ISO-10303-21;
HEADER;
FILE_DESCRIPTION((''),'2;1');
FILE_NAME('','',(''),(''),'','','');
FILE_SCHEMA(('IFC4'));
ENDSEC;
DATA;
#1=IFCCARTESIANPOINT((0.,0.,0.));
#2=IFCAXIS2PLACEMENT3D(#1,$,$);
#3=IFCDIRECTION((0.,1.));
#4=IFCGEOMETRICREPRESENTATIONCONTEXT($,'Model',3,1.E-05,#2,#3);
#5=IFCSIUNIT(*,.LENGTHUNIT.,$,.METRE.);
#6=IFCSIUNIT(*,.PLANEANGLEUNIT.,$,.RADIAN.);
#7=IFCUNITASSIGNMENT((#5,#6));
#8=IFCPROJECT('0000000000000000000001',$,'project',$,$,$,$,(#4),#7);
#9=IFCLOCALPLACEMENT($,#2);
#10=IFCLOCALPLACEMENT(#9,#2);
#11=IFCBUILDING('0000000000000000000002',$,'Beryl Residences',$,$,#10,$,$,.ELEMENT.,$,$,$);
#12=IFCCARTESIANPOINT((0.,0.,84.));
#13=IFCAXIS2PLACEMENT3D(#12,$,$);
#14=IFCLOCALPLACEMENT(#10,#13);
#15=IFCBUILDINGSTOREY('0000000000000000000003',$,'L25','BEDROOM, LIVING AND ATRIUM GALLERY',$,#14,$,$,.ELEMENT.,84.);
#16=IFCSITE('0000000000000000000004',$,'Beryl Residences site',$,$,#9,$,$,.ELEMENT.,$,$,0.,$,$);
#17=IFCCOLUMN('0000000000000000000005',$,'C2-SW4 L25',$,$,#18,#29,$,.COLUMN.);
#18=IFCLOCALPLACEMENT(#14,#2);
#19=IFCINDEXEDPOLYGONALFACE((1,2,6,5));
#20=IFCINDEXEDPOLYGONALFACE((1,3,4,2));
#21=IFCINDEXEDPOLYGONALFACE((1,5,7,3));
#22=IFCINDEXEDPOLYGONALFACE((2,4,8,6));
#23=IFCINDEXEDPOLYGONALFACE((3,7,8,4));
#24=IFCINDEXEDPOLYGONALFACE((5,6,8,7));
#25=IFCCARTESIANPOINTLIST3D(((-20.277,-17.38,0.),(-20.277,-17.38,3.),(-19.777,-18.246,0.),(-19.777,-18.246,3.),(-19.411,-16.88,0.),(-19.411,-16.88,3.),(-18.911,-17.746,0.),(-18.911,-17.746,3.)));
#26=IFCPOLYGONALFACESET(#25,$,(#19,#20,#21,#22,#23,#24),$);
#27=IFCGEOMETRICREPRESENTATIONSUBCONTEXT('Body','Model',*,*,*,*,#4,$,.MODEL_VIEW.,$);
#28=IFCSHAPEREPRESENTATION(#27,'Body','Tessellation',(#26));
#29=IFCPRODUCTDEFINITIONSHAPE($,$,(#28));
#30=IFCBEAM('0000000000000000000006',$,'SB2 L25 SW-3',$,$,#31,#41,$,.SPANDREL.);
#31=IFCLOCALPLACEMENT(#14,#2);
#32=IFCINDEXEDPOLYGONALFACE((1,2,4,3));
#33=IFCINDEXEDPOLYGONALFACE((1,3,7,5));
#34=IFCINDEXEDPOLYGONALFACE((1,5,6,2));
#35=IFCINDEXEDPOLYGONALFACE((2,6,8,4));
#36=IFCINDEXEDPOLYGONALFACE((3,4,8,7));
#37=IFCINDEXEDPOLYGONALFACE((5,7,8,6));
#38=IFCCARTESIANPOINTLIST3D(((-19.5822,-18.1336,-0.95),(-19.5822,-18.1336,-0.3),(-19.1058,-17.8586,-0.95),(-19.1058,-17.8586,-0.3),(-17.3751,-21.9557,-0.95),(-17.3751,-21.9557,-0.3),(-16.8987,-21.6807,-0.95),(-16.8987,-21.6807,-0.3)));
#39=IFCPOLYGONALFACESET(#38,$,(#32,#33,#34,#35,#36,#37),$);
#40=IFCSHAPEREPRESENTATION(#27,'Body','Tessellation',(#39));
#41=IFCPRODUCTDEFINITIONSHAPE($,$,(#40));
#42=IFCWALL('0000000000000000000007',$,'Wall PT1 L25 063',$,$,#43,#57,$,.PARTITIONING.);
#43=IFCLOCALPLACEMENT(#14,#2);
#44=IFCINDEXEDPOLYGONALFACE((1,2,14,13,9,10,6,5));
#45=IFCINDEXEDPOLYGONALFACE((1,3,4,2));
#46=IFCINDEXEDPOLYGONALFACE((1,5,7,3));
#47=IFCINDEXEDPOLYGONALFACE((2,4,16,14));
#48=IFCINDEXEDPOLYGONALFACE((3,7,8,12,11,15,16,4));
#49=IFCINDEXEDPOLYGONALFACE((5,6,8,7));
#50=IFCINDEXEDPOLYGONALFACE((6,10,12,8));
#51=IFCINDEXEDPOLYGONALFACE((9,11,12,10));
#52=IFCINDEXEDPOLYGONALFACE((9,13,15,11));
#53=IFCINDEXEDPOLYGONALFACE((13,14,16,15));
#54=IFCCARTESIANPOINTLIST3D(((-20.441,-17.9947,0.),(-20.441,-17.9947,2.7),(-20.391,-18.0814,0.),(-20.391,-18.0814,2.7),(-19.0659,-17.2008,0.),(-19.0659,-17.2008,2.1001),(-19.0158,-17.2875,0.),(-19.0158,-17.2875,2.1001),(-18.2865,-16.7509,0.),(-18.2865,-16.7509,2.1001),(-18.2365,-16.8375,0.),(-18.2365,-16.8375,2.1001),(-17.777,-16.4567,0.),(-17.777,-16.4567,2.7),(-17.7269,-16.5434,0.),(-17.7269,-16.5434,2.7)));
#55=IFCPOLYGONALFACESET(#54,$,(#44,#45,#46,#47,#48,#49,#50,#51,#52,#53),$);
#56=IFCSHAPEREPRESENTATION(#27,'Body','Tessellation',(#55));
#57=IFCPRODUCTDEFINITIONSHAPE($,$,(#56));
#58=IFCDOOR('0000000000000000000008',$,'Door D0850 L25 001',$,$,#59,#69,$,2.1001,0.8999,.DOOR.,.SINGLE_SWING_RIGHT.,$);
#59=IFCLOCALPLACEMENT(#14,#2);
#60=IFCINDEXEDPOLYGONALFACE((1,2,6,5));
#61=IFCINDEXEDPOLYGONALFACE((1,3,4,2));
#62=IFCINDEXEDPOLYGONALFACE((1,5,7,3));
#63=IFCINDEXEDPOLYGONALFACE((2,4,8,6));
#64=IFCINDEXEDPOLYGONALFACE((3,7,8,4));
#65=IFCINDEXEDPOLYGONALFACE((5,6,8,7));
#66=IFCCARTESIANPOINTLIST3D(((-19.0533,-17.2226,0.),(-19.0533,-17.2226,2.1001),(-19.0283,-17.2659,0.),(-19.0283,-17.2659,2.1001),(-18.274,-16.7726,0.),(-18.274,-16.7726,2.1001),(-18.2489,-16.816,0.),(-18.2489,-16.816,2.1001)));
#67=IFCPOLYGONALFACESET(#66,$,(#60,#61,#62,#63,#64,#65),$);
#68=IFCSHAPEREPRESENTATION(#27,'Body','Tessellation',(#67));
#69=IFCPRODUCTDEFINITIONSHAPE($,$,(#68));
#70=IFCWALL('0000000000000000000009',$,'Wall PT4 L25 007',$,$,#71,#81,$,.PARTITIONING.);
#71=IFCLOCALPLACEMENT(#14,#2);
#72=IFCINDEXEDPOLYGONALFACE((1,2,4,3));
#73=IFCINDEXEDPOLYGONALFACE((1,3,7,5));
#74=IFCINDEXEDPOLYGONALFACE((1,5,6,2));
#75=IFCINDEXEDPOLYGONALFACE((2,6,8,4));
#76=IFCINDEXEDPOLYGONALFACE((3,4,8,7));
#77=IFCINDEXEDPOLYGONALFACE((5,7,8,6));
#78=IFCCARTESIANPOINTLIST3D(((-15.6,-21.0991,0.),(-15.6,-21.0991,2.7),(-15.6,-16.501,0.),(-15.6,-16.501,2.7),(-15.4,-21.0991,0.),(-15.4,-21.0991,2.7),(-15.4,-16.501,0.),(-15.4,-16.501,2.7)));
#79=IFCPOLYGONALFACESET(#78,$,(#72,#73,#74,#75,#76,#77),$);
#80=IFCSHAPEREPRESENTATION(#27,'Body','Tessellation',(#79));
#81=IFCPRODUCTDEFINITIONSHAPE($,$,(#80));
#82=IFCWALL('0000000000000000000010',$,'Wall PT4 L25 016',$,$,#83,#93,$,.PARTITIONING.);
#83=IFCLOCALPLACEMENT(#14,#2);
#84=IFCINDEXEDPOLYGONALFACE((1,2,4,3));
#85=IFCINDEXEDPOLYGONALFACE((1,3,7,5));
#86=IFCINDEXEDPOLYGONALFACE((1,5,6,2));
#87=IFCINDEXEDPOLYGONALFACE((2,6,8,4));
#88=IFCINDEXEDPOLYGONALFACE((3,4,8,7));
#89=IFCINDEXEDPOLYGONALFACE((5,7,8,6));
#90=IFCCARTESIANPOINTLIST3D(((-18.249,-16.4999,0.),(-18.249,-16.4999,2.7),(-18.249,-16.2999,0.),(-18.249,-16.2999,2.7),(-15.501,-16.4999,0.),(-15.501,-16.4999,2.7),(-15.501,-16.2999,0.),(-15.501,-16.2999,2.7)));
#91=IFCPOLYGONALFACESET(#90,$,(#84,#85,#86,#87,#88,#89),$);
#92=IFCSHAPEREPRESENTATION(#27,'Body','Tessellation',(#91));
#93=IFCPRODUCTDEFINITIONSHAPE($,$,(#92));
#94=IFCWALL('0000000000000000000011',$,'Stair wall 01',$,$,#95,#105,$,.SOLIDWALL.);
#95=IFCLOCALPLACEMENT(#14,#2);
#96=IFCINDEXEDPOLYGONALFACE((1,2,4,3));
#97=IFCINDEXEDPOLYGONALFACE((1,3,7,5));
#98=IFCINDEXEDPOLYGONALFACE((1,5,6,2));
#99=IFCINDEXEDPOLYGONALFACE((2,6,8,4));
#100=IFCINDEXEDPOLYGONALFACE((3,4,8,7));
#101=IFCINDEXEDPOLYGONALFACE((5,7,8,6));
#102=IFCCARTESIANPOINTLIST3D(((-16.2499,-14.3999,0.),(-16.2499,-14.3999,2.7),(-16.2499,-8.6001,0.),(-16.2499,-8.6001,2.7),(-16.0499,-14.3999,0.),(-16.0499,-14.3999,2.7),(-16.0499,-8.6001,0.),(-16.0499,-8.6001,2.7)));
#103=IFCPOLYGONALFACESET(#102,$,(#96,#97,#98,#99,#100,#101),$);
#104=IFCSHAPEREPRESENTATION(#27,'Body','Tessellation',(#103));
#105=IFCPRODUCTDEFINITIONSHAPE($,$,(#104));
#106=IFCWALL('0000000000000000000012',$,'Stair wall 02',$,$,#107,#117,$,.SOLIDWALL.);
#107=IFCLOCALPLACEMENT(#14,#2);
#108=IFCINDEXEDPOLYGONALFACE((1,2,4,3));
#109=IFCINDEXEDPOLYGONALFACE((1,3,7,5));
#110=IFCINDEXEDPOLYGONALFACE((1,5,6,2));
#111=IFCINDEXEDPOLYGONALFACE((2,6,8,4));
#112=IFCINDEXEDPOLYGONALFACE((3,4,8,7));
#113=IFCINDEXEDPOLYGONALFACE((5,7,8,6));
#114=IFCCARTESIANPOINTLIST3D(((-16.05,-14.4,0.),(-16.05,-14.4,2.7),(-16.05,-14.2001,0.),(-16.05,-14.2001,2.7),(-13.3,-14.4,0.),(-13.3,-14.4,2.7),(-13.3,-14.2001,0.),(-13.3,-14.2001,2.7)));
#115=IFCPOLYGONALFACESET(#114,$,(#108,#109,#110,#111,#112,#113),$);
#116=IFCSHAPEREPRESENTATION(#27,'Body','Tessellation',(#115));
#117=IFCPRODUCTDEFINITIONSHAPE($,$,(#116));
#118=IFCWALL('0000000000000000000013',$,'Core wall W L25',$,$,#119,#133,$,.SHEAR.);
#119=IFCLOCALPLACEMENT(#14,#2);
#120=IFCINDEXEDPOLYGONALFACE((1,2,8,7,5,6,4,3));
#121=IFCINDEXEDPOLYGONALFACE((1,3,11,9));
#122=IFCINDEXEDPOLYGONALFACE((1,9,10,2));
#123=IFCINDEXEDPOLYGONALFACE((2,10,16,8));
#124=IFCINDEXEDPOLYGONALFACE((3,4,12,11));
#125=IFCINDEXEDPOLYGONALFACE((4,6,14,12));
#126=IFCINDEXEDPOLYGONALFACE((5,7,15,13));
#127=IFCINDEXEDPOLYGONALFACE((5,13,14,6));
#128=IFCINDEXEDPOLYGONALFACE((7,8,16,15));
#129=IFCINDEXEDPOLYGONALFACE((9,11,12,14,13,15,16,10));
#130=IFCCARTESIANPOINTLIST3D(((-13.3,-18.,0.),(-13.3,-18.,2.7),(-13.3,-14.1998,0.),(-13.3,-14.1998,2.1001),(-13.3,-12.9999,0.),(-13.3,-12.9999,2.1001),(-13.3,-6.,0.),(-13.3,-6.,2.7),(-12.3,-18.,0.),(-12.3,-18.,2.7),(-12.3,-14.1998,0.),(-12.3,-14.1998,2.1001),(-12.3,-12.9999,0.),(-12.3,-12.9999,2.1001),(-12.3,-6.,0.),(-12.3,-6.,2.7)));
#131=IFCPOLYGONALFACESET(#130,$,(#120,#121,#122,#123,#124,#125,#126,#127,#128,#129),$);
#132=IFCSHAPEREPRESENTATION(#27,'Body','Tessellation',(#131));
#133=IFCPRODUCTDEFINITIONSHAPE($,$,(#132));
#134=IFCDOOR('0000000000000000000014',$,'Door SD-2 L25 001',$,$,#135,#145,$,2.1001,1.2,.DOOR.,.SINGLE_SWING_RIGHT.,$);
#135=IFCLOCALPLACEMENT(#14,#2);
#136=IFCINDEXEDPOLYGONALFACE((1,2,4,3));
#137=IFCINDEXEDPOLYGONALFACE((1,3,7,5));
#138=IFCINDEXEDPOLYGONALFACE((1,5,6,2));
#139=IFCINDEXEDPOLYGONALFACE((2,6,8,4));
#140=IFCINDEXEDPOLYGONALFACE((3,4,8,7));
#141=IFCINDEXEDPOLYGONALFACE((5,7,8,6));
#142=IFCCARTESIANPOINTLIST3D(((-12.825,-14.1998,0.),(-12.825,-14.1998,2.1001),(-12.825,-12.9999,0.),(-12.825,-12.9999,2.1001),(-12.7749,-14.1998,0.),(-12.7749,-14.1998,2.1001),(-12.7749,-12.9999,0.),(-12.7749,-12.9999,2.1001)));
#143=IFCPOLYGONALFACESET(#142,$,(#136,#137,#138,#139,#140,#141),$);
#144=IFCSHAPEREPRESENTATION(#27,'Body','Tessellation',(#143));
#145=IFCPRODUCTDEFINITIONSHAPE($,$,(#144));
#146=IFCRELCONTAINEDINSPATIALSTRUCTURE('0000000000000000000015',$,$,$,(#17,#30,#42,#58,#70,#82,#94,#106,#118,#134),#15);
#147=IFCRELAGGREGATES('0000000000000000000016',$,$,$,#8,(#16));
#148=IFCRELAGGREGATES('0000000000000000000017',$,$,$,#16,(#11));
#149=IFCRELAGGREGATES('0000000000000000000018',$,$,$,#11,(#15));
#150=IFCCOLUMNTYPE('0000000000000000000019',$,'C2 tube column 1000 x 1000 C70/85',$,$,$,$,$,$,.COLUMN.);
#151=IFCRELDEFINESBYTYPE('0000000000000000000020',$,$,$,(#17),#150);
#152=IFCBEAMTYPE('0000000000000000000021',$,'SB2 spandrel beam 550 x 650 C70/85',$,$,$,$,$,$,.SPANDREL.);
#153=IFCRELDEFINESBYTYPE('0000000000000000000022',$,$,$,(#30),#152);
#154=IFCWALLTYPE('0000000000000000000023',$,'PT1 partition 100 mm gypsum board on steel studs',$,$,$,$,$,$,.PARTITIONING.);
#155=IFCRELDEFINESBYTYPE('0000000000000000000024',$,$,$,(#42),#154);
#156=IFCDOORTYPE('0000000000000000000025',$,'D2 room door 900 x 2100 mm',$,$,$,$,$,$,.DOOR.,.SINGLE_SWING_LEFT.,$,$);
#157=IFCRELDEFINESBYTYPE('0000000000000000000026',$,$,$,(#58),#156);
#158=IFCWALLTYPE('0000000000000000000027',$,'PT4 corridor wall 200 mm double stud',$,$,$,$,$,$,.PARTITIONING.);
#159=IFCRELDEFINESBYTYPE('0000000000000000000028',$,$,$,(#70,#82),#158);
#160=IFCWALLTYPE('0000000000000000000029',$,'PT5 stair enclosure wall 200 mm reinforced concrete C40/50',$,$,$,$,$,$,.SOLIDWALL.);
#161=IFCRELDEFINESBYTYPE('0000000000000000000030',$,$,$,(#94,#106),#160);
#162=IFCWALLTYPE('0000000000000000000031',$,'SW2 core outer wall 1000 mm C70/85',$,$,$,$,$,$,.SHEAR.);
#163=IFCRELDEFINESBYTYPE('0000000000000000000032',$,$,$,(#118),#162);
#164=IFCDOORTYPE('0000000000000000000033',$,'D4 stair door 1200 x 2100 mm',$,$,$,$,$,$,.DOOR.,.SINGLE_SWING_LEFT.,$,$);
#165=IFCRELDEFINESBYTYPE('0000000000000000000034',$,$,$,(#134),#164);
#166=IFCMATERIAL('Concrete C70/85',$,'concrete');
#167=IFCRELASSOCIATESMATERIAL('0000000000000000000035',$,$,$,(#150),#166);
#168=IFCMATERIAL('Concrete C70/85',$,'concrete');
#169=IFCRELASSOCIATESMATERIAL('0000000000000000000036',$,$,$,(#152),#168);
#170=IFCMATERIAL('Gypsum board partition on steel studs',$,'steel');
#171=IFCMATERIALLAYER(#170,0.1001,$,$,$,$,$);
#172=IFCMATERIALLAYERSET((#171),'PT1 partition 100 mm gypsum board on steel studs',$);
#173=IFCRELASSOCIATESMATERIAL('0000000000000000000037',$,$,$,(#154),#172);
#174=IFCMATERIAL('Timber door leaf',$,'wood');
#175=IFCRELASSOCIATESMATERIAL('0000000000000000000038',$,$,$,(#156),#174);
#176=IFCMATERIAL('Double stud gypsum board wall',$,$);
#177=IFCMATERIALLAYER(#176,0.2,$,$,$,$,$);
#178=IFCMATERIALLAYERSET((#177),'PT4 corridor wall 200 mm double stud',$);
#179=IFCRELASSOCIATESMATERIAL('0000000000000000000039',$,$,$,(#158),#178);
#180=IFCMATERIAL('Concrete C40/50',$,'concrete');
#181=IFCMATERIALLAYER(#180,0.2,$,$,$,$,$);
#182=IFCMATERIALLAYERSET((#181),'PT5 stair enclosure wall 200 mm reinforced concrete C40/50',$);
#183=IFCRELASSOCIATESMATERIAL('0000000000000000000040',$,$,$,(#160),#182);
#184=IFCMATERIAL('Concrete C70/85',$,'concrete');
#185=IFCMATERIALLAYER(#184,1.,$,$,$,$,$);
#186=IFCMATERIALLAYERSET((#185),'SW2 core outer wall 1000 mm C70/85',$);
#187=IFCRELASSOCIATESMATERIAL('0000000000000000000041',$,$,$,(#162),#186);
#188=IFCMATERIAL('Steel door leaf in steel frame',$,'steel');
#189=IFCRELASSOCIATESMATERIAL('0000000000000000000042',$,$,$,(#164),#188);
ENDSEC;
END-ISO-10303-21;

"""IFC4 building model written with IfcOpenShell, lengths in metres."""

from ifc_helpers import new_model, si_unit, direction, frame, frame_2d, origin, origin_2d, place, context, subcontext, project, spatial, rectangle, extrude, material, layer, layer_set, material_profile, profile_set, type_object, element, fill, save


model = new_model("IFC4")

# Units and contexts
model_context = context("Model", 3, precision=1e-05, world=origin(), true_north=direction((0.0, 1.0)))
body_context = subcontext(model_context, "Body", "Model", "MODEL_VIEW")
ifc_project = project(units=[si_unit("LENGTHUNIT", "METRE"), si_unit("PLANEANGLEUNIT", "RADIAN")], contexts=[model_context])

# Site, building, storey
site_placement = place(None, origin())
site = spatial("IfcSite", under=ifc_project, at=site_placement, Name="Beryl Residences site", CompositionType="ELEMENT", RefElevation=0.0)
building_placement = place(site_placement, origin())
building = spatial("IfcBuilding", under=site, at=building_placement, Name="Beryl Residences", CompositionType="ELEMENT")
storey_placement = place(building_placement, frame((0.0, 0.0, 84.0)))
storey = spatial("IfcBuildingStorey", under=building, at=storey_placement, Name="L25", Description="BEDROOM, LIVING AND ATRIUM GALLERY", CompositionType="ELEMENT", Elevation=84.0)

# Column
ifc_material_1 = material(Name="Concrete C70/85", Category="concrete")
ifc_material_profile_1 = material_profile(ifc_material_1, rectangle(XDim=1.0, YDim=1.0, at=origin_2d()))
ifc_profile_set_1 = profile_set([ifc_material_profile_1], Name="Concrete C70/85")
column_type = type_object("IfcColumnType", Name="C2 tube column 1000 x 1000 C70/85", PredefinedType="COLUMN", material=ifc_profile_set_1)
column_placement = place(storey_placement, frame((-19.594, -17.563, 0.0), z_axis=(0.0, 0.0, 1.0), x_axis=(0.5, -0.866025, 0.0)))
element("IfcColumn", 1, at=column_placement, inside=storey, type_object=column_type, Name="C2-SW4 L25", PredefinedType="COLUMN", context=body_context, shape_type="SweptSolid", body=[
    extrude(rectangle(XDim=1.0, YDim=1.0, at=origin_2d()), origin(), (0.0, 0.0, 1.0), 3.0),
])

# Beam
ifc_material_2 = material(Name="Concrete C70/85", Category="concrete")
ifc_material_profile_2 = material_profile(ifc_material_2, rectangle(XDim=0.55, YDim=0.6499, at=origin_2d()))
ifc_profile_set_2 = profile_set([ifc_material_profile_2], Name="Concrete C70/85")
beam_type = type_object("IfcBeamType", Name="SB2 spandrel beam 550 x 650 C70/85", PredefinedType="SPANDREL", material=ifc_profile_set_2)
beam_placement = place(storey_placement, frame((-19.344, -17.9961, -0.625), z_axis=(0.500066, -0.865988, 0.0), x_axis=(0.865988, 0.500066, 0.0)))
element("IfcBeam", 2, at=beam_placement, inside=storey, type_object=beam_type, Name="SB2 L25 SW-3", PredefinedType="SPANDREL", context=body_context, shape_type="SweptSolid", body=[
    extrude(rectangle(XDim=0.55, YDim=0.6499, at=origin_2d()), origin(), (0.0, 0.0, 1.0), 4.4136),
])

# Wall, opening, door
ifc_material_3 = material(Name="Gypsum board partition on steel studs", Category="steel")
ifc_layer_1 = layer(ifc_material_3, 0.1001)
ifc_layer_set_1 = layer_set([ifc_layer_1], Name="PT1 partition 100 mm gypsum board on steel studs")
wall_type_1 = type_object("IfcWallType", Name="PT1 partition 100 mm gypsum board on steel studs", PredefinedType="PARTITIONING", material=ifc_layer_set_1)
wall_1_placement = place(storey_placement, frame((-20.416, -18.0381, 0.0), z_axis=(0.0, 0.0, 1.0), x_axis=(0.866027, 0.499997, 0.0)))
wall_1 = element("IfcWall", 3, at=wall_1_placement, inside=storey, type_object=wall_type_1, Name="Wall PT1 L25 063", PredefinedType="PARTITIONING", context=body_context, shape_type="SweptSolid", body=[
    extrude(rectangle(XDim=3.0762, YDim=0.1001, at=frame_2d((1.5381, 0.0))), origin(), (0.0, 0.0, 1.0), 2.7),
])
opening_1_placement = place(wall_1_placement, frame((1.5879, 0.0, 0.0)))
opening_1 = element("IfcOpeningElement", 4, at=opening_1_placement, cuts=wall_1, PredefinedType="OPENING", context=body_context, shape_type="SweptSolid", body=[
    extrude(rectangle(XDim=0.8999, YDim=2.1001, at=frame_2d((0.45, 1.05))), frame((0.0, 0.0601, 0.0), z_axis=(0.0, -1.0, 0.0), x_axis=(1.0, 0.0, 0.0)), (0.0, 0.0, 1.0), 0.1201),
])
ifc_material_4 = material(Name="Timber door leaf", Category="wood")
door_type_1 = type_object("IfcDoorType", Name="D2 room door 900 x 2100 mm", OperationType="SINGLE_SWING_LEFT", PredefinedType="DOOR", material=ifc_material_4)
door_1_placement = place(opening_1_placement, origin())
door_1 = element("IfcDoor", 5, at=door_1_placement, inside=storey, type_object=door_type_1, Name="Door D0850 L25 001", OperationType="SINGLE_SWING_RIGHT", OverallHeight=2.1001, OverallWidth=0.8999, PredefinedType="DOOR", context=body_context, shape_type="SweptSolid", body=[
    extrude(rectangle(XDim=0.8999, YDim=2.1001, at=frame_2d((0.45, 1.05))), frame((0.0, 0.0249, 0.0), z_axis=(0.0, -1.0, 0.0), x_axis=(1.0, 0.0, 0.0)), (0.0, 0.0, 1.0), 0.05),
])
fill(opening_1, door_1)

# Walls
ifc_material_5 = material(Name="Double stud gypsum board wall")
ifc_layer_2 = layer(ifc_material_5, 0.2)
ifc_layer_set_2 = layer_set([ifc_layer_2], Name="PT4 corridor wall 200 mm double stud")
wall_type_2 = type_object("IfcWallType", Name="PT4 corridor wall 200 mm double stud", PredefinedType="PARTITIONING", material=ifc_layer_set_2)
wall_2_placement = place(storey_placement, frame((-15.5, -16.501, 0.0), z_axis=(0.0, 0.0, 1.0), x_axis=(0.0, -1.0, 0.0)))
element("IfcWall", 6, at=wall_2_placement, inside=storey, type_object=wall_type_2, Name="Wall PT4 L25 007", PredefinedType="PARTITIONING", context=body_context, shape_type="SweptSolid", body=[
    extrude(rectangle(XDim=4.5981, YDim=0.2, at=frame_2d((2.2991, 0.0))), origin(), (0.0, 0.0, 1.0), 2.7),
])
wall_3_placement = place(storey_placement, frame((-18.249, -16.3999, 0.0), z_axis=(0.0, 0.0, 1.0), x_axis=(1.0, 0.0, 0.0)))
element("IfcWall", 7, at=wall_3_placement, inside=storey, type_object=wall_type_2, Name="Wall PT4 L25 016", PredefinedType="PARTITIONING", context=body_context, shape_type="SweptSolid", body=[
    extrude(rectangle(XDim=2.748, YDim=0.2, at=frame_2d((1.374, 0.0))), origin(), (0.0, 0.0, 1.0), 2.7),
])
ifc_material_6 = material(Name="Concrete C40/50", Category="concrete")
ifc_layer_3 = layer(ifc_material_6, 0.2)
ifc_layer_set_3 = layer_set([ifc_layer_3], Name="PT5 stair enclosure wall 200 mm reinforced concrete C40/50")
wall_type_3 = type_object("IfcWallType", Name="PT5 stair enclosure wall 200 mm reinforced concrete C40/50", PredefinedType="SOLIDWALL", material=ifc_layer_set_3)
wall_4_placement = place(storey_placement, frame((-16.1499, -14.3999, 0.0), z_axis=(0.0, 0.0, 1.0), x_axis=(0.0, 1.0, 0.0)))
element("IfcWall", 8, at=wall_4_placement, inside=storey, type_object=wall_type_3, Name="Stair wall 01", PredefinedType="SOLIDWALL", context=body_context, shape_type="SweptSolid", body=[
    extrude(rectangle(XDim=5.7998, YDim=0.2, at=frame_2d((2.8999, 0.0))), origin(), (0.0, 0.0, 1.0), 2.7),
])
wall_5_placement = place(storey_placement, frame((-16.05, -14.3, 0.0), z_axis=(0.0, 0.0, 1.0), x_axis=(1.0, 0.0, 0.0)))
element("IfcWall", 9, at=wall_5_placement, inside=storey, type_object=wall_type_3, Name="Stair wall 02", PredefinedType="SOLIDWALL", context=body_context, shape_type="SweptSolid", body=[
    extrude(rectangle(XDim=2.75, YDim=0.2, at=frame_2d((1.375, 0.0))), origin(), (0.0, 0.0, 1.0), 2.7),
])

# Wall, opening, door
ifc_material_7 = material(Name="Concrete C70/85", Category="concrete")
ifc_layer_4 = layer(ifc_material_7, 1.0)
ifc_layer_set_4 = layer_set([ifc_layer_4], Name="SW2 core outer wall 1000 mm C70/85")
wall_type_4 = type_object("IfcWallType", Name="SW2 core outer wall 1000 mm C70/85", PredefinedType="SHEAR", material=ifc_layer_set_4)
wall_6_placement = place(storey_placement, frame((-12.8, -18.0, 0.0), z_axis=(0.0, 0.0, 1.0), x_axis=(0.0, 1.0, 0.0)))
wall_6 = element("IfcWall", 10, at=wall_6_placement, inside=storey, type_object=wall_type_4, Name="Core wall W L25", PredefinedType="SHEAR", context=body_context, shape_type="SweptSolid", body=[
    extrude(rectangle(XDim=12.0, YDim=1.0, at=frame_2d((6.0, 0.0))), origin(), (0.0, 0.0, 1.0), 2.7),
])
opening_2_placement = place(wall_6_placement, frame((3.8, 0.0, 0.0)))
opening_2 = element("IfcOpeningElement", 11, at=opening_2_placement, cuts=wall_6, PredefinedType="OPENING", context=body_context, shape_type="SweptSolid", body=[
    extrude(rectangle(XDim=1.2, YDim=2.1001, at=frame_2d((0.6001, 1.05))), frame((0.0, 0.51, 0.0), z_axis=(0.0, -1.0, 0.0), x_axis=(1.0, 0.0, 0.0)), (0.0, 0.0, 1.0), 1.02),
])
ifc_material_8 = material(Name="Steel door leaf in steel frame", Category="steel")
door_type_2 = type_object("IfcDoorType", Name="D4 stair door 1200 x 2100 mm", OperationType="SINGLE_SWING_LEFT", PredefinedType="DOOR", material=ifc_material_8)
door_2_placement = place(opening_2_placement, origin())
door_2 = element("IfcDoor", 12, at=door_2_placement, inside=storey, type_object=door_type_2, Name="Door SD-2 L25 001", OperationType="SINGLE_SWING_RIGHT", OverallHeight=2.1001, OverallWidth=1.2, PredefinedType="DOOR", context=body_context, shape_type="SweptSolid", body=[
    extrude(rectangle(XDim=1.2, YDim=2.1001, at=frame_2d((0.6001, 1.05))), frame((0.0, 0.0249, 0.0), z_axis=(0.0, -1.0, 0.0), x_axis=(1.0, 0.0, 0.0)), (0.0, 0.0, 1.0), 0.05),
])
fill(opening_2, door_2)

save(model, "model.ifc")
